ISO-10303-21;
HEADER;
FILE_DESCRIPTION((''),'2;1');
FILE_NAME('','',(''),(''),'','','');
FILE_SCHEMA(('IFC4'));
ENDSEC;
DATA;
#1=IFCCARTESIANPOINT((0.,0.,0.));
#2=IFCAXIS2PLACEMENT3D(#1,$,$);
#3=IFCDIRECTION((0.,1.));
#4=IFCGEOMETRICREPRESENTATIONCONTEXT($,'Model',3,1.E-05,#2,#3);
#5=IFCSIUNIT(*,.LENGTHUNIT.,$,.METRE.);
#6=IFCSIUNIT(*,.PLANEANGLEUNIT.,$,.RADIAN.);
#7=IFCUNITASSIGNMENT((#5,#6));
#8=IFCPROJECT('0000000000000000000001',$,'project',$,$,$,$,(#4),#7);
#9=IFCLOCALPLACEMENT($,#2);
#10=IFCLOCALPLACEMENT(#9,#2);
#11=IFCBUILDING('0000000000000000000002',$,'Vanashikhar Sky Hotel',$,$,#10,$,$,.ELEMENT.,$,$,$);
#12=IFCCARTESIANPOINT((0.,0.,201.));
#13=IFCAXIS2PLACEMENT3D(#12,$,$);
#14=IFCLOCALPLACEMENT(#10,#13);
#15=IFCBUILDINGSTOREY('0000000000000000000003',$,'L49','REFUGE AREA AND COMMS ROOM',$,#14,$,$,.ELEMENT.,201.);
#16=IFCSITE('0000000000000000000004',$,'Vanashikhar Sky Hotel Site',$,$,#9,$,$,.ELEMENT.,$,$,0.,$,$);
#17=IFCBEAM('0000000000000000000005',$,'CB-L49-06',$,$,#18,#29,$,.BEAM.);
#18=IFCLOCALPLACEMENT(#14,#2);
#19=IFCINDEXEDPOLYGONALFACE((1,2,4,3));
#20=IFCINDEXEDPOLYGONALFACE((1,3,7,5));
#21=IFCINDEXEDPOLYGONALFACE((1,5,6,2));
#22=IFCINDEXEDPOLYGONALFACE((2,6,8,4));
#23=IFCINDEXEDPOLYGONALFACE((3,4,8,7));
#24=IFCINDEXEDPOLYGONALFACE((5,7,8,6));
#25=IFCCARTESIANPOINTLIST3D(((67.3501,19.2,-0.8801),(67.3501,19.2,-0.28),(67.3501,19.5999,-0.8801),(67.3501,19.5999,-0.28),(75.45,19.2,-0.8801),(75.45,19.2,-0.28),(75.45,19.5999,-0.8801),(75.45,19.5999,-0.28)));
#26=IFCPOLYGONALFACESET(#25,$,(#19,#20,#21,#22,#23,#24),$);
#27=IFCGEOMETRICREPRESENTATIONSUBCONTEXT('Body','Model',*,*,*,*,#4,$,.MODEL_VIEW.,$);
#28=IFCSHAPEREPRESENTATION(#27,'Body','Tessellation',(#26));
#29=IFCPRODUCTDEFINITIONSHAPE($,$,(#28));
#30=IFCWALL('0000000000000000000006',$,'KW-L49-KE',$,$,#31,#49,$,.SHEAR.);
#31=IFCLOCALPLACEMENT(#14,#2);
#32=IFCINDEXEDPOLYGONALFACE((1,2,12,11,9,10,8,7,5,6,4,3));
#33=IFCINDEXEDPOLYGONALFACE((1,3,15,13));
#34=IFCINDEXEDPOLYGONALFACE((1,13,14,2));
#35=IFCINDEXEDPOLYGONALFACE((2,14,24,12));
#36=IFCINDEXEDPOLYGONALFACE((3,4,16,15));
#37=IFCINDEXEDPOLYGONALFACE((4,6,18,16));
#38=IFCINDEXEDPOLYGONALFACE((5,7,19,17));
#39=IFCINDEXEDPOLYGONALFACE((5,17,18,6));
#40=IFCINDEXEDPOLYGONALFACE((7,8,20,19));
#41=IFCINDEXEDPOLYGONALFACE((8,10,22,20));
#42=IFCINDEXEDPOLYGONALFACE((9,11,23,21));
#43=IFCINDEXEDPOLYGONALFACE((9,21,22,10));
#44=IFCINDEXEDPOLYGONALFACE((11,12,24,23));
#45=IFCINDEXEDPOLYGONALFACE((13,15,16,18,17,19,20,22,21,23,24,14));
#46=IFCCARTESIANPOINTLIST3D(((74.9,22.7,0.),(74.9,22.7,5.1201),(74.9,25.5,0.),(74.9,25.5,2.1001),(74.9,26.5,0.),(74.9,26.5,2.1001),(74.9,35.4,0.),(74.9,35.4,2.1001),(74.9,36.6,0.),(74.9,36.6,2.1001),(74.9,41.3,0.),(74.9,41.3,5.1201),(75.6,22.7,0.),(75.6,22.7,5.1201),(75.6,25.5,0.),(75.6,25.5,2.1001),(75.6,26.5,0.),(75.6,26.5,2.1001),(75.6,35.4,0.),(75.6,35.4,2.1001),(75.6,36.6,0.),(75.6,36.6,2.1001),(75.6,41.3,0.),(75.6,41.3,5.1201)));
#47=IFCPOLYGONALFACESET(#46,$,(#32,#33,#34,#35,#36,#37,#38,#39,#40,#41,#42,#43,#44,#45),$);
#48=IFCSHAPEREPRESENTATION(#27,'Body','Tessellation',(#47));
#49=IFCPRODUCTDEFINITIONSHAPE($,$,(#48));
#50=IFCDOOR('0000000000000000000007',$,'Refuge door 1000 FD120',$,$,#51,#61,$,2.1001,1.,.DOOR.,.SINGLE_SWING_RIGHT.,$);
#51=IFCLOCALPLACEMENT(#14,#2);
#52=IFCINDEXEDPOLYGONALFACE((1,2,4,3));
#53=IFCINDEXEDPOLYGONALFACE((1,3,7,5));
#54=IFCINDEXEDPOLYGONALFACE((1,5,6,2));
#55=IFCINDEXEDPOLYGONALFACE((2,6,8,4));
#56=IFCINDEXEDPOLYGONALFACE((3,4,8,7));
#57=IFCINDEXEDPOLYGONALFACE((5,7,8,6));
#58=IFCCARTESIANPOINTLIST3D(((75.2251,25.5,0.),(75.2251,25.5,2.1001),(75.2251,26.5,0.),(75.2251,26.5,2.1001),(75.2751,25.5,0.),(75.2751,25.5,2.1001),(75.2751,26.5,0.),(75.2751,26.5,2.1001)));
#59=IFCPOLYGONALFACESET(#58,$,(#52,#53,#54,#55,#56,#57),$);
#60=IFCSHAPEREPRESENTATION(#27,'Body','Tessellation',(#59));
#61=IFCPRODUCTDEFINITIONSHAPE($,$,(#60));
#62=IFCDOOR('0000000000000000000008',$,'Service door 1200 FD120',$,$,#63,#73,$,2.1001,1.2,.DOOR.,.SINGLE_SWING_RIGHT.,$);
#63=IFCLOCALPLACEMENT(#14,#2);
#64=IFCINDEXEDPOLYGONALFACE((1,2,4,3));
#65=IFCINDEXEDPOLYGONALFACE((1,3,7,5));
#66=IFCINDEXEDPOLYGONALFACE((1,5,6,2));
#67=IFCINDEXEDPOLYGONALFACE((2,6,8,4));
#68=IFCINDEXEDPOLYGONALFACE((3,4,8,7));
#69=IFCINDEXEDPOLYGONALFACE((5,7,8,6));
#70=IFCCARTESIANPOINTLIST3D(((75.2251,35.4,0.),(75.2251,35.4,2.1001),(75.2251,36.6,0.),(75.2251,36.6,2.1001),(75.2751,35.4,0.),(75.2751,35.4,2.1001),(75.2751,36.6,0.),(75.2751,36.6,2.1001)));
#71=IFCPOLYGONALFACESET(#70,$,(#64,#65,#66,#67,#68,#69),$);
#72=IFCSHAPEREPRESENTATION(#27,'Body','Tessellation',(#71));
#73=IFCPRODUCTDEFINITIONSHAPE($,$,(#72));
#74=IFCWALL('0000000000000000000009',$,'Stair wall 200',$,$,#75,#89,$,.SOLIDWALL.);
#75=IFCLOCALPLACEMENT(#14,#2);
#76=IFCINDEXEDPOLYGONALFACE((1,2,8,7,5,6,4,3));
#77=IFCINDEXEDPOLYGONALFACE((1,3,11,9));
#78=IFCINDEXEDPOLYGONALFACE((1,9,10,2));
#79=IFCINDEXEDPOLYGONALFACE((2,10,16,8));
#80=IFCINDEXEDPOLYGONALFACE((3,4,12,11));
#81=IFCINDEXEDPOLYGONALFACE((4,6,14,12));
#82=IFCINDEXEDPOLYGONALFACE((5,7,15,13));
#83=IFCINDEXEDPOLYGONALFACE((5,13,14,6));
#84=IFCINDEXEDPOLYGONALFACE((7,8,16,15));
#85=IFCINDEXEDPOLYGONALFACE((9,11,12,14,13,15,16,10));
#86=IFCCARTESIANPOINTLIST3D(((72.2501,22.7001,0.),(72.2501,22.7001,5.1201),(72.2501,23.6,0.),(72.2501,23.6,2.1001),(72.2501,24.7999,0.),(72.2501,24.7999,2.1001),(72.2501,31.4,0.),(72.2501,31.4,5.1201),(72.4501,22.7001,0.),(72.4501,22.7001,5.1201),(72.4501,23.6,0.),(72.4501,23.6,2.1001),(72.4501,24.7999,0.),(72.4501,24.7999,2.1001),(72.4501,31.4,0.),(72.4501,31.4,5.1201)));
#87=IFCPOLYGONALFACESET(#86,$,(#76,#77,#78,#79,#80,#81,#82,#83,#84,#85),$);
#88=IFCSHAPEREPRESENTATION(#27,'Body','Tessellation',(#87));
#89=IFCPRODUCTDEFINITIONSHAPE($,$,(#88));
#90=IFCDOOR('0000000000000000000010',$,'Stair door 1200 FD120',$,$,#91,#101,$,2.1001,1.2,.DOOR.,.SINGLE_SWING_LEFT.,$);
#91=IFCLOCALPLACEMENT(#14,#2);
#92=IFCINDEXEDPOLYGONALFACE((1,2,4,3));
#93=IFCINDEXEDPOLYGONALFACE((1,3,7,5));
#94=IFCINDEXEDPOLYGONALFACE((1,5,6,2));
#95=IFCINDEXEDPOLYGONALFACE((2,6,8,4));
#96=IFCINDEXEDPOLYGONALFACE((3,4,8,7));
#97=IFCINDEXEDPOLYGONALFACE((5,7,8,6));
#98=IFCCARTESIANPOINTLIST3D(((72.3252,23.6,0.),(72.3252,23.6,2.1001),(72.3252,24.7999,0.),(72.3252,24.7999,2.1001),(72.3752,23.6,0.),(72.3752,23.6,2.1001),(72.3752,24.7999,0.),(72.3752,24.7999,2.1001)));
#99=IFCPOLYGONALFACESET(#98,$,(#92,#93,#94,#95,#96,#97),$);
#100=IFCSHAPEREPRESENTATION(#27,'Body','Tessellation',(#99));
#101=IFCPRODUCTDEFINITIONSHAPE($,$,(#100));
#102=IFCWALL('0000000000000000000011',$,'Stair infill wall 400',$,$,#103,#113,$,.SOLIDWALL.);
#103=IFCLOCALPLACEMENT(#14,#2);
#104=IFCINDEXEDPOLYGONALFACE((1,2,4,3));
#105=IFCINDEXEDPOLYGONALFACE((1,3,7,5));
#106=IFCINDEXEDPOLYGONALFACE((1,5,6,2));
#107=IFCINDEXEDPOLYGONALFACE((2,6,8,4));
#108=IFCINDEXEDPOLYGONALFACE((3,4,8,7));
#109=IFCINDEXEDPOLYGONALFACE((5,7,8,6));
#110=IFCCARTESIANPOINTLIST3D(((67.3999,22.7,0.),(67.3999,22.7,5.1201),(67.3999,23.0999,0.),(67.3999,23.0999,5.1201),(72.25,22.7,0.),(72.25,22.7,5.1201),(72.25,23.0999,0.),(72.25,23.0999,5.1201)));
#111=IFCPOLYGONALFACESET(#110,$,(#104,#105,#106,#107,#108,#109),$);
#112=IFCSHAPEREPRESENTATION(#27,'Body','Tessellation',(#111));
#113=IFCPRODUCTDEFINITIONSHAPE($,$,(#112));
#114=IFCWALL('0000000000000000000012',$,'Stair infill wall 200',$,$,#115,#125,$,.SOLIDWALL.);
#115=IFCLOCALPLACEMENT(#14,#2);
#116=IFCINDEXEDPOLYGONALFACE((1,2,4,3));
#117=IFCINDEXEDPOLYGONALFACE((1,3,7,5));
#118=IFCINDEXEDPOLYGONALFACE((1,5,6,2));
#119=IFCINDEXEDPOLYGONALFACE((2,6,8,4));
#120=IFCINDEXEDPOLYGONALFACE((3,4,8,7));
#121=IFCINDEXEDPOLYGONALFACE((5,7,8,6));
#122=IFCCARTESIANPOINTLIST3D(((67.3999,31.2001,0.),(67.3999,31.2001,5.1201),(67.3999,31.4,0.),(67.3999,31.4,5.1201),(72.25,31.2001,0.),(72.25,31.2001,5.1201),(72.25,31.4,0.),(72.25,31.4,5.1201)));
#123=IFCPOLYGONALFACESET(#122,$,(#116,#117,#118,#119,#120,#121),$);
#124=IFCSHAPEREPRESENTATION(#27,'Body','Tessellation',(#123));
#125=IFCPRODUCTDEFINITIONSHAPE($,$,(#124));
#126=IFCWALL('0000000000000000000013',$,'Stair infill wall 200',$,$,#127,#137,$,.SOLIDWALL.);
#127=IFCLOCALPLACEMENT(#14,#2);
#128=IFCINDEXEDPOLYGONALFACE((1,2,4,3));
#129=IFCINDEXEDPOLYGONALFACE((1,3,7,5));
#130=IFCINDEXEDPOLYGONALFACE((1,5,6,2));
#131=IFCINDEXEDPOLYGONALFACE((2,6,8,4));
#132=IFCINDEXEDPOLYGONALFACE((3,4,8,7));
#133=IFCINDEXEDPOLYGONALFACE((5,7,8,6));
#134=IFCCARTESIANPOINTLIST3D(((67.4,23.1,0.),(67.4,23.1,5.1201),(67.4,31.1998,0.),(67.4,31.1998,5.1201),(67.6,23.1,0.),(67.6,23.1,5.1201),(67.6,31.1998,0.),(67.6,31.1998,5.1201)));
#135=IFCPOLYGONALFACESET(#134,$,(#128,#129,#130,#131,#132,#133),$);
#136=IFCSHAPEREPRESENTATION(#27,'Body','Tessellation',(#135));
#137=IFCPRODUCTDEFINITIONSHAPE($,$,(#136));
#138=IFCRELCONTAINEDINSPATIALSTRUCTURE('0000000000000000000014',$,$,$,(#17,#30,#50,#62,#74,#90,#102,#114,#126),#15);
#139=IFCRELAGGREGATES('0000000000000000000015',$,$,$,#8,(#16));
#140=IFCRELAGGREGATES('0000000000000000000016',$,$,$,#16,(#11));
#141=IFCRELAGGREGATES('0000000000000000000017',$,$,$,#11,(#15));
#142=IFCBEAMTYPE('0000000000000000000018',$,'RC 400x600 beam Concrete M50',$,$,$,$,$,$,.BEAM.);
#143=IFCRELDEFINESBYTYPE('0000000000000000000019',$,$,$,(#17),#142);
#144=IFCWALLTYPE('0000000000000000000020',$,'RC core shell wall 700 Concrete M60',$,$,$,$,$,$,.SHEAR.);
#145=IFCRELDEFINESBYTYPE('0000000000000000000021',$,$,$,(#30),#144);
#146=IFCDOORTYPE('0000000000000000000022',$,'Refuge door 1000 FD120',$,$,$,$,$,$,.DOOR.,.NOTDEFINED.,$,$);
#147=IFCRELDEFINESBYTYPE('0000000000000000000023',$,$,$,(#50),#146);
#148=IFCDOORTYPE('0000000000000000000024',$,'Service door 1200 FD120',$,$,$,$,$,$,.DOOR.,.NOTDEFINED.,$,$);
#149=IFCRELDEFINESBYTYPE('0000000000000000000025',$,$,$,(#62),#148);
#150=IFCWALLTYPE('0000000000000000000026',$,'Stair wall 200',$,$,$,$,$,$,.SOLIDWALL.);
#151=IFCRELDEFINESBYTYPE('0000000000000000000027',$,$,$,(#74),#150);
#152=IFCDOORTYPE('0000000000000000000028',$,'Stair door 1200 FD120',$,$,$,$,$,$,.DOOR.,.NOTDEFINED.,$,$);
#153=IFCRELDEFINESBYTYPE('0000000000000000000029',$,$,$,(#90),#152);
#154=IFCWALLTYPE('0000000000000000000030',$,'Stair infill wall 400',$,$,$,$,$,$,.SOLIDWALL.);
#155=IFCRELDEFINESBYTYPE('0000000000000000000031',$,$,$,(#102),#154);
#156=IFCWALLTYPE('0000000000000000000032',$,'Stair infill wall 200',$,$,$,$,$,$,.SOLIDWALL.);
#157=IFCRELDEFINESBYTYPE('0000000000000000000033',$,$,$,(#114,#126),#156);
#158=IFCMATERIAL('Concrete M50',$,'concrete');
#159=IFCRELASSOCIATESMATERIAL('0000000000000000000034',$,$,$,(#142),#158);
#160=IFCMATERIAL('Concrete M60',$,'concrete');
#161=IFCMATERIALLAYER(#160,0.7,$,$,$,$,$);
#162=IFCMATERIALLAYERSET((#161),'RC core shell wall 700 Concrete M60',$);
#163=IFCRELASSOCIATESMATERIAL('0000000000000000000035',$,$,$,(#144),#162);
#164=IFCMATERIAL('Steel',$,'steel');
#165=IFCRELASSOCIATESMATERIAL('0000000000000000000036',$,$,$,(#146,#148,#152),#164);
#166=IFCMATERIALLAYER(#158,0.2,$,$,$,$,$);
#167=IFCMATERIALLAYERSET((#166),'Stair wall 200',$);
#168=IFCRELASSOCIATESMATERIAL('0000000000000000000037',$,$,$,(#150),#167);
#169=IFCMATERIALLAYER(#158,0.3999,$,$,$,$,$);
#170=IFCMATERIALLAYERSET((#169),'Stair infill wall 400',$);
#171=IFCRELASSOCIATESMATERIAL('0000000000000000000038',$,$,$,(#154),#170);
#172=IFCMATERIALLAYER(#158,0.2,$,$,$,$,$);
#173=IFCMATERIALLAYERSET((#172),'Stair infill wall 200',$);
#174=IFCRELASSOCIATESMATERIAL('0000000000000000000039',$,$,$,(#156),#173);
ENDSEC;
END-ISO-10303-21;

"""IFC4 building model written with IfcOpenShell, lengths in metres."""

from ifc_helpers import new_model, si_unit, direction, frame, frame_2d, origin, origin_2d, place, context, subcontext, project, spatial, rectangle, extrude, source, transform, mapped, material, layer, layer_set, material_profile, profile_set, type_object, element, fill, save


model = new_model("IFC4")

# Units and contexts
model_context = context("Model", 3, precision=1e-05, world=origin(), true_north=direction((0.0, 1.0)))
body_context = subcontext(model_context, "Body", "Model", "MODEL_VIEW")
ifc_project = project(units=[si_unit("LENGTHUNIT", "METRE"), si_unit("PLANEANGLEUNIT", "RADIAN")], contexts=[model_context])

# Site, building, storey
site_placement = place(None, origin())
site = spatial("IfcSite", under=ifc_project, at=site_placement, Name="Vanashikhar Sky Hotel Site", CompositionType="ELEMENT", RefElevation=0.0)
building_placement = place(site_placement, origin())
building = spatial("IfcBuilding", under=site, at=building_placement, Name="Vanashikhar Sky Hotel", CompositionType="ELEMENT")
storey_placement = place(building_placement, frame((0.0, 0.0, 201.0)))
storey = spatial("IfcBuildingStorey", under=building, at=storey_placement, Name="L49", Description="REFUGE AREA AND COMMS ROOM", CompositionType="ELEMENT", Elevation=201.0)

# Beam
ifc_material_1 = material(Name="Concrete M50", Category="concrete")
ifc_material_profile = material_profile(ifc_material_1, rectangle(XDim=0.3999, YDim=0.6001, at=origin_2d()))
ifc_profile_set = profile_set([ifc_material_profile], Name="RC 400x600 beam Concrete M50")
beam_type = type_object("IfcBeamType", Name="RC 400x600 beam Concrete M50", PredefinedType="BEAM", material=ifc_profile_set)
shared_shape_1 = source(origin(), body_context, "Body", "SweptSolid", [
    extrude(rectangle(XDim=0.3999, YDim=0.6001, at=origin_2d()), origin(), (0.0, 0.0, 1.0), 8.0999),
])
beam_placement = place(storey_placement, frame((67.3501, 19.3999, -0.5801), z_axis=(1.0, 0.0, 0.0), x_axis=(0.0, 1.0, 0.0)))
element("IfcBeam", 1, at=beam_placement, inside=storey, type_object=beam_type, Name="CB-L49-06", PredefinedType="BEAM", context=body_context, shape_type="MappedRepresentation", body=[
    mapped(shared_shape_1, transform((0.0, 0.0, 0.0), scale=1.0)),
])

# Wall, openings, doors
ifc_material_2 = material(Name="Concrete M60", Category="concrete")
ifc_layer_1 = layer(ifc_material_2, 0.7)
ifc_layer_set_1 = layer_set([ifc_layer_1], Name="RC core shell wall 700 Concrete M60")
wall_type_1 = type_object("IfcWallType", Name="RC core shell wall 700 Concrete M60", PredefinedType="SHEAR", material=ifc_layer_set_1)
shared_shape_2 = source(origin(), body_context, "Body", "SweptSolid", [
    extrude(rectangle(XDim=18.6001, YDim=0.7, at=frame_2d((9.3, 0.0))), origin(), (0.0, 0.0, 1.0), 5.1201),
])
wall_1_placement = place(storey_placement, frame((75.25, 22.7, 0.0), z_axis=(0.0, 0.0, 1.0), x_axis=(0.0, 1.0, 0.0)))
wall_1 = element("IfcWall", 2, at=wall_1_placement, inside=storey, type_object=wall_type_1, Name="KW-L49-KE", PredefinedType="SHEAR", context=body_context, shape_type="MappedRepresentation", body=[
    mapped(shared_shape_2, transform((0.0, 0.0, 0.0), scale=1.0)),
])
shared_shape_3 = source(origin(), body_context, "Body", "SweptSolid", [
    extrude(rectangle(XDim=1.0, YDim=2.1001, at=frame_2d((0.5, 1.05))), frame((0.0, 0.3599, 0.0), z_axis=(0.0, -1.0, 0.0), x_axis=(1.0, 0.0, 0.0)), (0.0, 0.0, 1.0), 0.72),
])
opening_1_placement = place(wall_1_placement, frame((2.8, 0.0, 0.0)))
opening_1 = element("IfcOpeningElement", 3, at=opening_1_placement, cuts=wall_1, PredefinedType="OPENING", context=body_context, shape_type="MappedRepresentation", body=[
    mapped(shared_shape_3, transform((0.0, 0.0, 0.0), scale=1.0)),
])
shared_shape_4 = source(origin(), body_context, "Body", "SweptSolid", [
    extrude(rectangle(XDim=1.2, YDim=2.1001, at=frame_2d((0.6001, 1.05))), frame((0.0, 0.3599, 0.0), z_axis=(0.0, -1.0, 0.0), x_axis=(1.0, 0.0, 0.0)), (0.0, 0.0, 1.0), 0.72),
])
opening_2_placement = place(wall_1_placement, frame((12.7, 0.0, 0.0)))
opening_2 = element("IfcOpeningElement", 4, at=opening_2_placement, cuts=wall_1, PredefinedType="OPENING", context=body_context, shape_type="MappedRepresentation", body=[
    mapped(shared_shape_4, transform((0.0, 0.0, 0.0), scale=1.0)),
])
ifc_material_3 = material(Name="Steel", Category="steel")
door_type_1 = type_object("IfcDoorType", Name="Refuge door 1000 FD120", OperationType="NOTDEFINED", PredefinedType="DOOR", material=ifc_material_3)
shared_shape_5 = source(origin(), body_context, "Body", "SweptSolid", [
    extrude(rectangle(XDim=1.0, YDim=2.1001, at=frame_2d((0.5, 1.05))), frame((0.0, 0.0249, 0.0), z_axis=(0.0, -1.0, 0.0), x_axis=(1.0, 0.0, 0.0)), (0.0, 0.0, 1.0), 0.05),
])
door_1_placement = place(opening_1_placement, origin())
door_1 = element("IfcDoor", 5, at=door_1_placement, inside=storey, type_object=door_type_1, Name="Refuge door 1000 FD120", OperationType="SINGLE_SWING_RIGHT", OverallHeight=2.1001, OverallWidth=1.0, PredefinedType="DOOR", context=body_context, shape_type="MappedRepresentation", body=[
    mapped(shared_shape_5, transform((0.0, 0.0, 0.0), scale=1.0)),
])
fill(opening_1, door_1)
door_type_2 = type_object("IfcDoorType", Name="Service door 1200 FD120", OperationType="NOTDEFINED", PredefinedType="DOOR", material=ifc_material_3)
shared_shape_6 = source(origin(), body_context, "Body", "SweptSolid", [
    extrude(rectangle(XDim=1.2, YDim=2.1001, at=frame_2d((0.6001, 1.05))), frame((0.0, 0.0249, 0.0), z_axis=(0.0, -1.0, 0.0), x_axis=(1.0, 0.0, 0.0)), (0.0, 0.0, 1.0), 0.05),
])
door_2_placement = place(opening_2_placement, origin())
door_2 = element("IfcDoor", 6, at=door_2_placement, inside=storey, type_object=door_type_2, Name="Service door 1200 FD120", OperationType="SINGLE_SWING_RIGHT", OverallHeight=2.1001, OverallWidth=1.2, PredefinedType="DOOR", context=body_context, shape_type="MappedRepresentation", body=[
    mapped(shared_shape_6, transform((0.0, 0.0, 0.0), scale=1.0)),
])
fill(opening_2, door_2)

# Wall, opening, door
ifc_layer_2 = layer(ifc_material_1, 0.2)
ifc_layer_set_2 = layer_set([ifc_layer_2], Name="Stair wall 200")
wall_type_2 = type_object("IfcWallType", Name="Stair wall 200", PredefinedType="SOLIDWALL", material=ifc_layer_set_2)
shared_shape_7 = source(origin(), body_context, "Body", "SweptSolid", [
    extrude(rectangle(XDim=8.7, YDim=0.2, at=frame_2d((4.3501, 0.0))), origin(), (0.0, 0.0, 1.0), 5.1201),
])
wall_2_placement = place(storey_placement, frame((72.3501, 22.7, 0.0), z_axis=(0.0, 0.0, 1.0), x_axis=(0.0, 1.0, 0.0)))
wall_2 = element("IfcWall", 7, at=wall_2_placement, inside=storey, type_object=wall_type_2, Name="Stair wall 200", PredefinedType="SOLIDWALL", context=body_context, shape_type="MappedRepresentation", body=[
    mapped(shared_shape_7, transform((0.0, 0.0, 0.0), scale=1.0)),
])
shared_shape_8 = source(origin(), body_context, "Body", "SweptSolid", [
    extrude(rectangle(XDim=1.2, YDim=2.1001, at=frame_2d((0.6001, 1.05))), frame((0.0, 0.1099, 0.0), z_axis=(0.0, -1.0, 0.0), x_axis=(1.0, 0.0, 0.0)), (0.0, 0.0, 1.0), 0.22),
])
opening_3_placement = place(wall_2_placement, frame((0.8999, 0.0, 0.0)))
opening_3 = element("IfcOpeningElement", 8, at=opening_3_placement, cuts=wall_2, PredefinedType="OPENING", context=body_context, shape_type="MappedRepresentation", body=[
    mapped(shared_shape_8, transform((0.0, 0.0, 0.0), scale=1.0)),
])
door_type_3 = type_object("IfcDoorType", Name="Stair door 1200 FD120", OperationType="NOTDEFINED", PredefinedType="DOOR", material=ifc_material_3)
door_3_placement = place(opening_3_placement, origin())
door_3 = element("IfcDoor", 9, at=door_3_placement, inside=storey, type_object=door_type_3, Name="Stair door 1200 FD120", OperationType="SINGLE_SWING_LEFT", OverallHeight=2.1001, OverallWidth=1.2, PredefinedType="DOOR", context=body_context, shape_type="MappedRepresentation", body=[
    mapped(shared_shape_6, transform((0.0, 0.0, 0.0), scale=1.0)),
])
fill(opening_3, door_3)

# Walls
ifc_layer_3 = layer(ifc_material_1, 0.3999)
ifc_layer_set_3 = layer_set([ifc_layer_3], Name="Stair infill wall 400")
wall_type_3 = type_object("IfcWallType", Name="Stair infill wall 400", PredefinedType="SOLIDWALL", material=ifc_layer_set_3)
shared_shape_9 = source(origin(), body_context, "Body", "SweptSolid", [
    extrude(rectangle(XDim=4.8501, YDim=0.3999, at=frame_2d((2.425, 0.0))), origin(), (0.0, 0.0, 1.0), 5.1201),
])
wall_3_placement = place(storey_placement, frame((67.3999, 22.8999, 0.0), z_axis=(0.0, 0.0, 1.0), x_axis=(1.0, 0.0, 0.0)))
element("IfcWall", 10, at=wall_3_placement, inside=storey, type_object=wall_type_3, Name="Stair infill wall 400", PredefinedType="SOLIDWALL", context=body_context, shape_type="MappedRepresentation", body=[
    mapped(shared_shape_9, transform((0.0, 0.0, 0.0), scale=1.0)),
])
ifc_layer_4 = layer(ifc_material_1, 0.2)
ifc_layer_set_4 = layer_set([ifc_layer_4], Name="Stair infill wall 200")
wall_type_4 = type_object("IfcWallType", Name="Stair infill wall 200", PredefinedType="SOLIDWALL", material=ifc_layer_set_4)
shared_shape_10 = source(origin(), body_context, "Body", "SweptSolid", [
    extrude(rectangle(XDim=4.8501, YDim=0.2, at=frame_2d((2.425, 0.0))), origin(), (0.0, 0.0, 1.0), 5.1201),
])
wall_4_placement = place(storey_placement, frame((67.3999, 31.3, 0.0), z_axis=(0.0, 0.0, 1.0), x_axis=(1.0, 0.0, 0.0)))
element("IfcWall", 11, at=wall_4_placement, inside=storey, type_object=wall_type_4, Name="Stair infill wall 200", PredefinedType="SOLIDWALL", context=body_context, shape_type="MappedRepresentation", body=[
    mapped(shared_shape_10, transform((0.0, 0.0, 0.0), scale=1.0)),
])
shared_shape_11 = source(origin(), body_context, "Body", "SweptSolid", [
    extrude(rectangle(XDim=8.0999, YDim=0.2, at=frame_2d((4.0498, 0.0))), origin(), (0.0, 0.0, 1.0), 5.1201),
])
wall_5_placement = place(storey_placement, frame((67.5, 23.1001, 0.0), z_axis=(0.0, 0.0, 1.0), x_axis=(0.0, 1.0, 0.0)))
element("IfcWall", 12, at=wall_5_placement, inside=storey, type_object=wall_type_4, Name="Stair infill wall 200", PredefinedType="SOLIDWALL", context=body_context, shape_type="MappedRepresentation", body=[
    mapped(shared_shape_11, transform((0.0, 0.0, 0.0), scale=1.0)),
])

save(model, "model.ifc")
